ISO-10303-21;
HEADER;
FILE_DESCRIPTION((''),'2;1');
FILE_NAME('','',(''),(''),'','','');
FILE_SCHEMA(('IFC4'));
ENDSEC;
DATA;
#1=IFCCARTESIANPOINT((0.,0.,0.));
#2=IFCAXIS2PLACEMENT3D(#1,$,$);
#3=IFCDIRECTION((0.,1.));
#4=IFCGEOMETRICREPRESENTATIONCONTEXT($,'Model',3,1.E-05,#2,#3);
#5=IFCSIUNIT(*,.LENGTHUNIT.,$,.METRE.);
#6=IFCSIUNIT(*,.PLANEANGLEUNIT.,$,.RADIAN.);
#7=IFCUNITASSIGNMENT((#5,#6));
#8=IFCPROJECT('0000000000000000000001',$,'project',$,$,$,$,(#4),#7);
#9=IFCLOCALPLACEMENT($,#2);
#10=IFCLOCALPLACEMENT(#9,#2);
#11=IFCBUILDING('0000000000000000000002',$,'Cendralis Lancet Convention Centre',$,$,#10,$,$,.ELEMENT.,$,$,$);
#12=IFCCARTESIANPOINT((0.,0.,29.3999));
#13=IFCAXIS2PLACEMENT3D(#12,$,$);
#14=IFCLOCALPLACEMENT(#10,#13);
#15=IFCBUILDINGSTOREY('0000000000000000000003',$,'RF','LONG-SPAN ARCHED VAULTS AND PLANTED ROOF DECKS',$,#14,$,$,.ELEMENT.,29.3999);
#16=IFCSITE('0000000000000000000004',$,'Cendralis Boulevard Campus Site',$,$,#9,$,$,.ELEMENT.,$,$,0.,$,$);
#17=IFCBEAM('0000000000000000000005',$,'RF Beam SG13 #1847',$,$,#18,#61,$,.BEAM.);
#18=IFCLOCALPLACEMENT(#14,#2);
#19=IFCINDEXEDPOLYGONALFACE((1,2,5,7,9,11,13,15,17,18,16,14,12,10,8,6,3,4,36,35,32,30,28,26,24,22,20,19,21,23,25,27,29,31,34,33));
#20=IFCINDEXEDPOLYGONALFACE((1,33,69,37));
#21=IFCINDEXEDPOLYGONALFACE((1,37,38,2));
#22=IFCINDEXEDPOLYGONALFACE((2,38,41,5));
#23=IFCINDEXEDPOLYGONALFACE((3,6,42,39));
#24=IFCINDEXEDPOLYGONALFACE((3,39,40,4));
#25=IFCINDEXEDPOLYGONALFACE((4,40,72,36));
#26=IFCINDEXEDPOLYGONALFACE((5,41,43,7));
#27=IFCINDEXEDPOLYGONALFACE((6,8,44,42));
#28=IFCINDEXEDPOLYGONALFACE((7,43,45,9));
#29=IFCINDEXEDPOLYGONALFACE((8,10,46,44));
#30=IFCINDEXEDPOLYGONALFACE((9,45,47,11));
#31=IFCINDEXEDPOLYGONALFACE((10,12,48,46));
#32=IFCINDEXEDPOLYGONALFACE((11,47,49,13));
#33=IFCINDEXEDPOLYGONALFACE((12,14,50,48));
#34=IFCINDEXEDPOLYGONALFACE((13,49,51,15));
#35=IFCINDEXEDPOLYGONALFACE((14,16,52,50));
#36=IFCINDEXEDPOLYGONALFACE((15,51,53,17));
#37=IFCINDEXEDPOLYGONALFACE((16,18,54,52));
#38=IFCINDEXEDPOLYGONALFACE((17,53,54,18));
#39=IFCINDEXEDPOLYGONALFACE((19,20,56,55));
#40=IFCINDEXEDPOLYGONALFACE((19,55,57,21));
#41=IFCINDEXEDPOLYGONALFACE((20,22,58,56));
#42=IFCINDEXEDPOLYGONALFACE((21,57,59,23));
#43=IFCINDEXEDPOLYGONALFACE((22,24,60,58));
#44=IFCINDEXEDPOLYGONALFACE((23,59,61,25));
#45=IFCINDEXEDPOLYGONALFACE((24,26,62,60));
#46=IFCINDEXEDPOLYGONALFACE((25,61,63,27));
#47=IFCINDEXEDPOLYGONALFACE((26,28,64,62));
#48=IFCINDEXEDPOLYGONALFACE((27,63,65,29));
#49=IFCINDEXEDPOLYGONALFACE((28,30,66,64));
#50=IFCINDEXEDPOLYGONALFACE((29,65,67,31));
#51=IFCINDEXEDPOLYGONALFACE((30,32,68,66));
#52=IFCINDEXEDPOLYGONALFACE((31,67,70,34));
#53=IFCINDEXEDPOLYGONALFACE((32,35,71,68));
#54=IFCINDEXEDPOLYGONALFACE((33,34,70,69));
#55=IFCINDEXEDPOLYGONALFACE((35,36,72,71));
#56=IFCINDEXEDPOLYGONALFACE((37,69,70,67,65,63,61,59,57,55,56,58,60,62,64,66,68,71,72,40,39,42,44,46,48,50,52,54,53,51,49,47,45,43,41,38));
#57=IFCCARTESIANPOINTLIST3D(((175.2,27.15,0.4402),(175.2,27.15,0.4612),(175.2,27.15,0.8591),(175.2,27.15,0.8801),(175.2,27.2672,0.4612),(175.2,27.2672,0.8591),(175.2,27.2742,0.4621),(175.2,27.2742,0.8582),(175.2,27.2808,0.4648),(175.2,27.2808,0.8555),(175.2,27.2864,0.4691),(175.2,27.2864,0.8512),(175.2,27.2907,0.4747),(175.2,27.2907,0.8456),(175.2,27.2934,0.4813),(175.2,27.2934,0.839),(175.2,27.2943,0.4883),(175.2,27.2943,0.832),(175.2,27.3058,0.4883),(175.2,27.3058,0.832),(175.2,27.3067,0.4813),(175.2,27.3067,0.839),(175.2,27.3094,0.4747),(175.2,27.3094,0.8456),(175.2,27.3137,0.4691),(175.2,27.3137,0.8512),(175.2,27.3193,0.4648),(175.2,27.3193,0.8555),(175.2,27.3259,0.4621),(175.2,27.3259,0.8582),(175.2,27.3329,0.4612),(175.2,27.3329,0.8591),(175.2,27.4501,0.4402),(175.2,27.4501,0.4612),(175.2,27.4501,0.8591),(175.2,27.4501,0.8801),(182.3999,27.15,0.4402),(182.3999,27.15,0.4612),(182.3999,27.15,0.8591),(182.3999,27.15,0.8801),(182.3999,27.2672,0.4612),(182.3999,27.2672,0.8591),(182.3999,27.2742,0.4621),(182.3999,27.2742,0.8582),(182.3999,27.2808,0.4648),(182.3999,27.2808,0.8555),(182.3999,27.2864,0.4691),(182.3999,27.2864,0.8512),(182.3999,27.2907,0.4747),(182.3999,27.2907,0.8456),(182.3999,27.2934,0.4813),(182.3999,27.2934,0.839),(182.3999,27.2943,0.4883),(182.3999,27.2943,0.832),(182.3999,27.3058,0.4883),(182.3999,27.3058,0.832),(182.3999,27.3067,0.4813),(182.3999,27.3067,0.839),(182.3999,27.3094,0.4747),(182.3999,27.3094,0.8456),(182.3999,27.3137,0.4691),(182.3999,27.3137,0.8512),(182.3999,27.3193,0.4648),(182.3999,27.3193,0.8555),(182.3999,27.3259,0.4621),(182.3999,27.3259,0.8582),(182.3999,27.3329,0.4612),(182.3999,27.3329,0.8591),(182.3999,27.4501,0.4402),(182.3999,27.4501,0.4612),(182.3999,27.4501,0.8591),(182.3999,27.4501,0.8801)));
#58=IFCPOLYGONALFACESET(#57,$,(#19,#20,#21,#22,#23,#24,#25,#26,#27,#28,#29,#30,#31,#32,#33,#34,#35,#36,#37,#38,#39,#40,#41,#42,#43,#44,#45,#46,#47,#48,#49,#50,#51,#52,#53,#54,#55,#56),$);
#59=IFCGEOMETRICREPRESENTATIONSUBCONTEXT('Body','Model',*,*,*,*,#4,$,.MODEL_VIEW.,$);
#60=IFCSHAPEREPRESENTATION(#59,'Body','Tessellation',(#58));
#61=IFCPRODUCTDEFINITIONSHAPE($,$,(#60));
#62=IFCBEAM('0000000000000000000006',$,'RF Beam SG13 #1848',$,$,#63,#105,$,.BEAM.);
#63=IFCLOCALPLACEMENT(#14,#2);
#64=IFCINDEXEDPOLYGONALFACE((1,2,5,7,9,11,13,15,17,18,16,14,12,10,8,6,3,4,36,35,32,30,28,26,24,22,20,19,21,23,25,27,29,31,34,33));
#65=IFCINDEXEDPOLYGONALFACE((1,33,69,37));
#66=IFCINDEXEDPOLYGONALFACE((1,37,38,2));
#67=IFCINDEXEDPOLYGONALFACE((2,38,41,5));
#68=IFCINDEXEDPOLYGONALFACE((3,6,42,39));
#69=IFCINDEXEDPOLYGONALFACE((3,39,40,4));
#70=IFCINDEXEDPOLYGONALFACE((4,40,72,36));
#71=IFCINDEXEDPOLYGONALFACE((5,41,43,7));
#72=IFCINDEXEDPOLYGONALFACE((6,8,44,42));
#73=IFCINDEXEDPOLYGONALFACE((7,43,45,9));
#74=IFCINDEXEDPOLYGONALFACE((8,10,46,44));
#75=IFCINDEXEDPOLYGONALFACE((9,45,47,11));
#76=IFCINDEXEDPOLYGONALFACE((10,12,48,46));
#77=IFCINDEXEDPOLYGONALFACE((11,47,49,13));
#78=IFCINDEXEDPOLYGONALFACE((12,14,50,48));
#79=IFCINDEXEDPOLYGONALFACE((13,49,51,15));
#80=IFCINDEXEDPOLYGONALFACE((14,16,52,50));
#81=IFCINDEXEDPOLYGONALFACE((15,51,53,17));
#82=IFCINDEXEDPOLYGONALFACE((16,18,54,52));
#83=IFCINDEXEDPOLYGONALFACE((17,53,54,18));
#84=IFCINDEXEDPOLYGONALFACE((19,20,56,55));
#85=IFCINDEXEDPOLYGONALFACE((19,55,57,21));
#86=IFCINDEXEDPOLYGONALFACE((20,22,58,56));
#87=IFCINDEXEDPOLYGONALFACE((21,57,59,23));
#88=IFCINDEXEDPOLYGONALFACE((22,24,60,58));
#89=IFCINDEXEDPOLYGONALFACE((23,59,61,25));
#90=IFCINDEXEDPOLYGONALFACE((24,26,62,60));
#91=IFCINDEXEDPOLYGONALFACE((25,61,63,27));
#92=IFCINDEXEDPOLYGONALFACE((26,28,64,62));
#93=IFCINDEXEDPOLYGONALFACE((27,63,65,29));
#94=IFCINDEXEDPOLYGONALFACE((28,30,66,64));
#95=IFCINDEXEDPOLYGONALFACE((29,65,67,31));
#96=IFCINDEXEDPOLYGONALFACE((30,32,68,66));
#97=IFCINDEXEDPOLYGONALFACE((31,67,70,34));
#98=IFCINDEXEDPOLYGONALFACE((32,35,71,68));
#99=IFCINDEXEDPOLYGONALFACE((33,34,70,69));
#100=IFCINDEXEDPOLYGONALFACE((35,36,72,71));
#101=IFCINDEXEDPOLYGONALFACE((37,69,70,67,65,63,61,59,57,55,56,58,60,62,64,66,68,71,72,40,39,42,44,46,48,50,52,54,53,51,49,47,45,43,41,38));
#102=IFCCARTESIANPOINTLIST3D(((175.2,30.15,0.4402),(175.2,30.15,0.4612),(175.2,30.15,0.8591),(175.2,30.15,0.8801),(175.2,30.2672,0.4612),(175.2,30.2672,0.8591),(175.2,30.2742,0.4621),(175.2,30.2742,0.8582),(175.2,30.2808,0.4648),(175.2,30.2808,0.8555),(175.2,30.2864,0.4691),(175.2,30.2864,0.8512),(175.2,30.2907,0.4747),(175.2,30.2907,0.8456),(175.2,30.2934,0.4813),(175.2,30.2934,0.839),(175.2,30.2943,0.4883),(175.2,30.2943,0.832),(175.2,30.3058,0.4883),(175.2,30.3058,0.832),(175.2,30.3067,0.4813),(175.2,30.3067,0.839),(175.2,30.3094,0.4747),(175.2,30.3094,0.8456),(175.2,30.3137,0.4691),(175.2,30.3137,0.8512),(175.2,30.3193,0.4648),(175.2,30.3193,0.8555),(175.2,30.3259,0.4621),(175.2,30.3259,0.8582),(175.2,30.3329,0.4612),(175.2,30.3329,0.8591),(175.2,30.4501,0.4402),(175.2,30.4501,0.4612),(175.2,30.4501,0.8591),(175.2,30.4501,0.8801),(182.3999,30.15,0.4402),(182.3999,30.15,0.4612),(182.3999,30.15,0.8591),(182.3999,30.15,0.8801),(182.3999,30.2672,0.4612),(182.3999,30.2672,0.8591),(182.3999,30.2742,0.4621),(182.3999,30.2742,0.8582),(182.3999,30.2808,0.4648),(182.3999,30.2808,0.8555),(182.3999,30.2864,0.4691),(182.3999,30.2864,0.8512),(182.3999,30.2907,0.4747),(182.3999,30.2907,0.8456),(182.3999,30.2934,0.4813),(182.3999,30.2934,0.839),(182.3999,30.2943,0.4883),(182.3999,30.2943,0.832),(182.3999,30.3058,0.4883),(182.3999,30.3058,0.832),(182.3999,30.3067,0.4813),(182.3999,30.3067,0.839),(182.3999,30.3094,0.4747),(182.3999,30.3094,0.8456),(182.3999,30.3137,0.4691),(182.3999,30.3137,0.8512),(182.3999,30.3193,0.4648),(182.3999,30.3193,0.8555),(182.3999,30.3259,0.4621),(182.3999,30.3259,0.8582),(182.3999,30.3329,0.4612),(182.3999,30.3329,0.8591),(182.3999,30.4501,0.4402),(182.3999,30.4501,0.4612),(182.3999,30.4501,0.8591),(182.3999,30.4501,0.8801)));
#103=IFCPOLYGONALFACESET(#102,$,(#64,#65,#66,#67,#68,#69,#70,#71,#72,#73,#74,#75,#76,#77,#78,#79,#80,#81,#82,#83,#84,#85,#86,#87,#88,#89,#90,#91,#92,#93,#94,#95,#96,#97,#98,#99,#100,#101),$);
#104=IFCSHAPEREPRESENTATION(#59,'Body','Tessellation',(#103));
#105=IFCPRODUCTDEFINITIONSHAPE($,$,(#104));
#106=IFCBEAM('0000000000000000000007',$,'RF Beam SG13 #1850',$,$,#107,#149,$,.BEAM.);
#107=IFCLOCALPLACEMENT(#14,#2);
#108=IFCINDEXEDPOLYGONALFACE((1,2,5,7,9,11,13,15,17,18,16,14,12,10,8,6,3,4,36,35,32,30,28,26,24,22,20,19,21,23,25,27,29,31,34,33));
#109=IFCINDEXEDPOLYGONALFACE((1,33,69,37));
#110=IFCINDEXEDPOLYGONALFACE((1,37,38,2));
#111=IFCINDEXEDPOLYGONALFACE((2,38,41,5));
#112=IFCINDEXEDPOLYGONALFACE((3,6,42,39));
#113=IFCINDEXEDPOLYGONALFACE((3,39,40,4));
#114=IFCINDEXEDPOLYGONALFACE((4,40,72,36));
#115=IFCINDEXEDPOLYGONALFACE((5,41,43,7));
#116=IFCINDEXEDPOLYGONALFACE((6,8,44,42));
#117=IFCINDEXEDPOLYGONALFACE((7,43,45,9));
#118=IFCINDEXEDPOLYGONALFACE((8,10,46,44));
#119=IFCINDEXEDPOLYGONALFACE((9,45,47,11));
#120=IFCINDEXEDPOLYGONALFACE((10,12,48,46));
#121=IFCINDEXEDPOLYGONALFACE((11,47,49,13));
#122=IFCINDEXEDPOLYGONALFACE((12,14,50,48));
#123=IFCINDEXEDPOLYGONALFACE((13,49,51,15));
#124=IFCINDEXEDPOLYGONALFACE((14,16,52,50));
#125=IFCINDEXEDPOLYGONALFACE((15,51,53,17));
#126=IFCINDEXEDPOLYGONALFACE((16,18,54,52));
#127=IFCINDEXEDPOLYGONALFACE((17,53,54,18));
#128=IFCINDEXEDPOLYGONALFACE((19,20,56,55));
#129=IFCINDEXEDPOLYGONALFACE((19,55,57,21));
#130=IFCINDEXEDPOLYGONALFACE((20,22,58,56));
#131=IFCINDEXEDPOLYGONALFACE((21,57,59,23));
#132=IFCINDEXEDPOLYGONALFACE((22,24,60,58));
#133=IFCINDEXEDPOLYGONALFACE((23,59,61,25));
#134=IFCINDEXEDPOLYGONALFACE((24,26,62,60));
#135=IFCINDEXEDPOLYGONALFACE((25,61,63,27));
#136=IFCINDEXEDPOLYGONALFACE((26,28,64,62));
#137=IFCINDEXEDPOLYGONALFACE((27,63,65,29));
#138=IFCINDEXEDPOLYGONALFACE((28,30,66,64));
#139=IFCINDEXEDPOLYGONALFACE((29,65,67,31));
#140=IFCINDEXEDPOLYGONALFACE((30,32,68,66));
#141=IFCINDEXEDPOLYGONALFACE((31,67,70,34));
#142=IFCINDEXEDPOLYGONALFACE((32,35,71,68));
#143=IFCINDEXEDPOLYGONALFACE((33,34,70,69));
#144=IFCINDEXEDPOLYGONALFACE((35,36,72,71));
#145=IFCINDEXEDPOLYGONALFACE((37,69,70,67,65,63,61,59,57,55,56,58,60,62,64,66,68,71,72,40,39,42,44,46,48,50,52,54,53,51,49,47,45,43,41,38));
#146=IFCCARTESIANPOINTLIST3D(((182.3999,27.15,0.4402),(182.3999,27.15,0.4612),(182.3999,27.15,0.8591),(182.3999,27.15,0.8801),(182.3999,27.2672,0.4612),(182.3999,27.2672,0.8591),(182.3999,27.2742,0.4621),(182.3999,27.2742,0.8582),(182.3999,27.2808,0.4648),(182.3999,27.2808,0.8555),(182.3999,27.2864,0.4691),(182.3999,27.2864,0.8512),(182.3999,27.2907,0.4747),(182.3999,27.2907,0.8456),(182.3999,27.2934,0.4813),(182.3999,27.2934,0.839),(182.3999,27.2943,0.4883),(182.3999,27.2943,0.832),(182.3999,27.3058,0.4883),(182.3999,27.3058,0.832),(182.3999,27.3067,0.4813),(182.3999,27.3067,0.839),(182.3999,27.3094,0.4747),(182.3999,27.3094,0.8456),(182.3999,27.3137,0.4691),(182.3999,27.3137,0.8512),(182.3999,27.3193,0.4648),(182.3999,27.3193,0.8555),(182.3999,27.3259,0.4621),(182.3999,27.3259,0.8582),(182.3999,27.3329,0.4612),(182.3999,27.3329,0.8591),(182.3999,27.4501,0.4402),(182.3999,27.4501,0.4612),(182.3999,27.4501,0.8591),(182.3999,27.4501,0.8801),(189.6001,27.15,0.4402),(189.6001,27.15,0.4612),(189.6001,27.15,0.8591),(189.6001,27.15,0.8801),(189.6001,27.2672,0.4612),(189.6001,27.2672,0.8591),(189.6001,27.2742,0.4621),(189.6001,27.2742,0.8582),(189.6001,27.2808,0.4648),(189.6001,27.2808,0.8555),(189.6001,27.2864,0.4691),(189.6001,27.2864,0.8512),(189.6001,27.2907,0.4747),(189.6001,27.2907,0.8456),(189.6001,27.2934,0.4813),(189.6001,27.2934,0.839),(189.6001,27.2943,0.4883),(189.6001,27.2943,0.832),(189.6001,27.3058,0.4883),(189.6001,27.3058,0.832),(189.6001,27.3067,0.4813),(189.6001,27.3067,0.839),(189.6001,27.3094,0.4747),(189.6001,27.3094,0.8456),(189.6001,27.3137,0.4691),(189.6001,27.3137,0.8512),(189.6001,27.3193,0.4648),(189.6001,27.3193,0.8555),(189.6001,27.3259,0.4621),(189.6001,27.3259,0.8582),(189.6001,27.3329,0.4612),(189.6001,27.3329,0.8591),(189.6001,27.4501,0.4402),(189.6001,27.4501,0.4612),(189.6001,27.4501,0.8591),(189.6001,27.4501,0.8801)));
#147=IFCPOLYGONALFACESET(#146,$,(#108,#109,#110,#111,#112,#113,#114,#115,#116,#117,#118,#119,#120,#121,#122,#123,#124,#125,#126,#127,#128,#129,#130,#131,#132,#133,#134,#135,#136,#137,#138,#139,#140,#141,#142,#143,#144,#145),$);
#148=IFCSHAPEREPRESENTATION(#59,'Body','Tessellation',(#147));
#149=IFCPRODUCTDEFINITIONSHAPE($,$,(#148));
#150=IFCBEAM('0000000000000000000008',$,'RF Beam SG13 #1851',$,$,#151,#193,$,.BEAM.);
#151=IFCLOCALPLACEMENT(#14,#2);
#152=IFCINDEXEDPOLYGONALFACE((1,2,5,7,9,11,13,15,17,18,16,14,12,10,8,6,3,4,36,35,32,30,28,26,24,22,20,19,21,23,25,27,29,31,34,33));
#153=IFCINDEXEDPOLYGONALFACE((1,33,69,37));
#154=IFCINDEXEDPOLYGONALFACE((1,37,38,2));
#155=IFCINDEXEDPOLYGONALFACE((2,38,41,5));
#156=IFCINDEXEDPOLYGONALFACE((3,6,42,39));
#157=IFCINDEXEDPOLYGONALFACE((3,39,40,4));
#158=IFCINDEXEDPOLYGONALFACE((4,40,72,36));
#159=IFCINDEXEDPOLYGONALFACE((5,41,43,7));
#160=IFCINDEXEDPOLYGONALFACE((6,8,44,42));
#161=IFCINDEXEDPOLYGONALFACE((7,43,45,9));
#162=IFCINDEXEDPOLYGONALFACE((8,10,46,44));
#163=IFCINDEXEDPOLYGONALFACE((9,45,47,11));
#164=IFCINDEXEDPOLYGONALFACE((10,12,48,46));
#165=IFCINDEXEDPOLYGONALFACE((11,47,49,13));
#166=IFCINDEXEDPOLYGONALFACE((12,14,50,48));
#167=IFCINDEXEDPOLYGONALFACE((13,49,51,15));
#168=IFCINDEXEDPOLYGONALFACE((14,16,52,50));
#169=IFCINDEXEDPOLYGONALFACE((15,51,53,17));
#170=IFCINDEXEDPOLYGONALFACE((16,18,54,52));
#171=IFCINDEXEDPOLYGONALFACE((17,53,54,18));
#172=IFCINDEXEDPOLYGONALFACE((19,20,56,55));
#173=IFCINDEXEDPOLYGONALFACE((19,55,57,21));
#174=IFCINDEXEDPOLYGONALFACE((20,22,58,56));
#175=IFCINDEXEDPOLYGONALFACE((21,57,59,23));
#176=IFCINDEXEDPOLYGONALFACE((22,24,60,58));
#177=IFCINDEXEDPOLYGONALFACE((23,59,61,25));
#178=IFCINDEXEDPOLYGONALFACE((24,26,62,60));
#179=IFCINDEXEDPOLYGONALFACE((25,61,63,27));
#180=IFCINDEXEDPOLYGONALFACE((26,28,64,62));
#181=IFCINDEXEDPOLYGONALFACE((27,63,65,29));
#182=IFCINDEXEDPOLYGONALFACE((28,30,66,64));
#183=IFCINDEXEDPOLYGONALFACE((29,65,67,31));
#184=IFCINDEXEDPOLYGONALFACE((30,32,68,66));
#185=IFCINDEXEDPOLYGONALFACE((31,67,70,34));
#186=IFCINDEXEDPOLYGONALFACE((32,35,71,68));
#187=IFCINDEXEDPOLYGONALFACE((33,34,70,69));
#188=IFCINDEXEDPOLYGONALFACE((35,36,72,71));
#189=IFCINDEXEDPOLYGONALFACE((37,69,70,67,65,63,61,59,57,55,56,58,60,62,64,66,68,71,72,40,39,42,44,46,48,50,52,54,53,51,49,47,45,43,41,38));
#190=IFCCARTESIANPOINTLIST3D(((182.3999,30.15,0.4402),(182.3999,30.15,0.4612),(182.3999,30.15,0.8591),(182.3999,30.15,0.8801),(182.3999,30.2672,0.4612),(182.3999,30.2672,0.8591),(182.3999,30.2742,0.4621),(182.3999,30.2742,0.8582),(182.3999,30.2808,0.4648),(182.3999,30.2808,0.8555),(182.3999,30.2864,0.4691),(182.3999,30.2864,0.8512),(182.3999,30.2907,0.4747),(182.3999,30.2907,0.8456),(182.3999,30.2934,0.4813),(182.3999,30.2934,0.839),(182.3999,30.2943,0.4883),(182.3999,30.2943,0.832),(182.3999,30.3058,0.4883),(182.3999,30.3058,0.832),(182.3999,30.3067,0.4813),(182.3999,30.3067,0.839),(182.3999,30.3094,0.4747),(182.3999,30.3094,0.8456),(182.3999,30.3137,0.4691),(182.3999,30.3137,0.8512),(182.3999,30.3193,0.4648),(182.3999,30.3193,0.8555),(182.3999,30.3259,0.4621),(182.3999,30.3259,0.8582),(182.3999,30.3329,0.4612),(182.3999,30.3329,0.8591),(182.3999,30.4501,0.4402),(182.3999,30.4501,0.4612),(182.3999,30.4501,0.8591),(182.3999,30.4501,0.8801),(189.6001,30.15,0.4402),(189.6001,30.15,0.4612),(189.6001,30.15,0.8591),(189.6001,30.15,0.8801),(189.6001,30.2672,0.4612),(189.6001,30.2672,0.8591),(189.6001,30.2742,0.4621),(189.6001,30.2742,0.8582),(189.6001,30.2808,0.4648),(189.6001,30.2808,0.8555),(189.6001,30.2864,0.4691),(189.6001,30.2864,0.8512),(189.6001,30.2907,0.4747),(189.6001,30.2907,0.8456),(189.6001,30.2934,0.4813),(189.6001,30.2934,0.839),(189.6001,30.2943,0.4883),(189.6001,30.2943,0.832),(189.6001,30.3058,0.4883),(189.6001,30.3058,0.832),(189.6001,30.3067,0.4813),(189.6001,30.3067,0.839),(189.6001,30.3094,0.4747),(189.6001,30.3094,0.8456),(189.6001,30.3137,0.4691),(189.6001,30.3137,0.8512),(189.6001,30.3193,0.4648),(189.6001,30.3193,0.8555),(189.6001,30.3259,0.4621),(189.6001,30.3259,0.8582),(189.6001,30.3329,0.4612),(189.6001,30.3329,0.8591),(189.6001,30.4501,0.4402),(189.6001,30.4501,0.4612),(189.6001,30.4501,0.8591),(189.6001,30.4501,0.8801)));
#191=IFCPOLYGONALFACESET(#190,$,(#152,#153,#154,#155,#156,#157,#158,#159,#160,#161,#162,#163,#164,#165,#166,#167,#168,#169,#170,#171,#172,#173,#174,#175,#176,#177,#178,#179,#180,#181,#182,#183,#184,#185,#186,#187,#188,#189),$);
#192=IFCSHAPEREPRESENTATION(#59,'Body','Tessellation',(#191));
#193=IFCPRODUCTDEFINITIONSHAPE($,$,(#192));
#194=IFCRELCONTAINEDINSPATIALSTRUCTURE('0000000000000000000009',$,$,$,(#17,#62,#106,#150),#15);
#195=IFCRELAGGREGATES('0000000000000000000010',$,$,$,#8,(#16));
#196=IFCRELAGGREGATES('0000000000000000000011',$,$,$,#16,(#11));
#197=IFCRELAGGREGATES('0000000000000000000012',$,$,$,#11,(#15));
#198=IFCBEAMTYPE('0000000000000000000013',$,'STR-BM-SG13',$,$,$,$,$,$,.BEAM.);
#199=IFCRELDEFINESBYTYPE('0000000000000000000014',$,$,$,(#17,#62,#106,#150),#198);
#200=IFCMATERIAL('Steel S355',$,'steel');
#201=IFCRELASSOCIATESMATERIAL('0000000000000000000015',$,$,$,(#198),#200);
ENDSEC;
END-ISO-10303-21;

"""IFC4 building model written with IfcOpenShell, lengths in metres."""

from ifc_helpers import new_model, si_unit, direction, frame, origin, origin_2d, place, context, subcontext, project, spatial, i_section, extrude, material, material_profile, profile_set, type_object, element, save


model = new_model("IFC4")

# Units and contexts
model_context = context("Model", 3, precision=1e-05, world=origin(), true_north=direction((0.0, 1.0)))
body_context = subcontext(model_context, "Body", "Model", "MODEL_VIEW")
ifc_project = project(units=[si_unit("LENGTHUNIT", "METRE"), si_unit("PLANEANGLEUNIT", "RADIAN")], contexts=[model_context])

# Site, building, storey
site_placement = place(None, origin())
site = spatial("IfcSite", under=ifc_project, at=site_placement, Name="Cendralis Boulevard Campus Site", CompositionType="ELEMENT", RefElevation=0.0)
building_placement = place(site_placement, origin())
building = spatial("IfcBuilding", under=site, at=building_placement, Name="Cendralis Lancet Convention Centre", CompositionType="ELEMENT")
storey_placement = place(building_placement, frame((0.0, 0.0, 29.3999)))
storey = spatial("IfcBuildingStorey", under=building, at=storey_placement, Name="RF", Description="LONG-SPAN ARCHED VAULTS AND PLANTED ROOF DECKS", CompositionType="ELEMENT", Elevation=29.3999)

# Beams
ifc_material_1 = material(Name="Steel S355", Category="steel")
ifc_material_profile_1 = material_profile(ifc_material_1, i_section(OverallWidth=0.3, OverallDepth=0.4399, WebThickness=0.0115, FlangeThickness=0.021, FilletRadius=0.0271, at=origin_2d()), Name="HEA 450")
ifc_profile_set_1 = profile_set([ifc_material_profile_1], Name="Steel S355")
beam_type_1 = type_object("IfcBeamType", Name="STR-BM-SG13", PredefinedType="BEAM", material=ifc_profile_set_1)
for number, where, z_axis, x_axis, name in (
    (1, (175.2, 27.3, 0.6602), (1.0, 0.0, 0.0), (0.0, 1.0, 0.0), "RF Beam SG13 #1847"),
    (2, (175.2, 30.3, 0.6602), (1.0, 0.0, 0.0), (0.0, 1.0, 0.0), "RF Beam SG13 #1848"),
):
    element("IfcBeam", number, at=place(storey_placement, frame(where, z_axis=z_axis, x_axis=x_axis)), inside=storey, type_object=beam_type_1, Name=name, PredefinedType="BEAM", context=body_context, shape_type="SweptSolid", body=[
        extrude(i_section(OverallWidth=0.3, OverallDepth=0.4399, WebThickness=0.0115, FlangeThickness=0.021, FilletRadius=0.0271, at=origin_2d()), origin(), (0.0, 0.0, 1.0), 7.2),
    ])
for number, where, z_axis, x_axis, name in (
    (3, (182.3999, 27.3, 0.6602), (1.0, 0.0, 0.0), (0.0, 1.0, 0.0), "RF Beam SG13 #1850"),
    (4, (182.3999, 30.3, 0.6602), (1.0, 0.0, 0.0), (0.0, 1.0, 0.0), "RF Beam SG13 #1851"),
):
    element("IfcBeam", number, at=place(storey_placement, frame(where, z_axis=z_axis, x_axis=x_axis)), inside=storey, type_object=beam_type_1, Name=name, PredefinedType="BEAM", context=body_context, shape_type="SweptSolid", body=[
        extrude(i_section(OverallWidth=0.3, OverallDepth=0.4399, WebThickness=0.0115, FlangeThickness=0.021, FilletRadius=0.0271, at=origin_2d()), origin(), (0.0, 0.0, 1.0), 7.2002),
    ])

save(model, "model.ifc")
